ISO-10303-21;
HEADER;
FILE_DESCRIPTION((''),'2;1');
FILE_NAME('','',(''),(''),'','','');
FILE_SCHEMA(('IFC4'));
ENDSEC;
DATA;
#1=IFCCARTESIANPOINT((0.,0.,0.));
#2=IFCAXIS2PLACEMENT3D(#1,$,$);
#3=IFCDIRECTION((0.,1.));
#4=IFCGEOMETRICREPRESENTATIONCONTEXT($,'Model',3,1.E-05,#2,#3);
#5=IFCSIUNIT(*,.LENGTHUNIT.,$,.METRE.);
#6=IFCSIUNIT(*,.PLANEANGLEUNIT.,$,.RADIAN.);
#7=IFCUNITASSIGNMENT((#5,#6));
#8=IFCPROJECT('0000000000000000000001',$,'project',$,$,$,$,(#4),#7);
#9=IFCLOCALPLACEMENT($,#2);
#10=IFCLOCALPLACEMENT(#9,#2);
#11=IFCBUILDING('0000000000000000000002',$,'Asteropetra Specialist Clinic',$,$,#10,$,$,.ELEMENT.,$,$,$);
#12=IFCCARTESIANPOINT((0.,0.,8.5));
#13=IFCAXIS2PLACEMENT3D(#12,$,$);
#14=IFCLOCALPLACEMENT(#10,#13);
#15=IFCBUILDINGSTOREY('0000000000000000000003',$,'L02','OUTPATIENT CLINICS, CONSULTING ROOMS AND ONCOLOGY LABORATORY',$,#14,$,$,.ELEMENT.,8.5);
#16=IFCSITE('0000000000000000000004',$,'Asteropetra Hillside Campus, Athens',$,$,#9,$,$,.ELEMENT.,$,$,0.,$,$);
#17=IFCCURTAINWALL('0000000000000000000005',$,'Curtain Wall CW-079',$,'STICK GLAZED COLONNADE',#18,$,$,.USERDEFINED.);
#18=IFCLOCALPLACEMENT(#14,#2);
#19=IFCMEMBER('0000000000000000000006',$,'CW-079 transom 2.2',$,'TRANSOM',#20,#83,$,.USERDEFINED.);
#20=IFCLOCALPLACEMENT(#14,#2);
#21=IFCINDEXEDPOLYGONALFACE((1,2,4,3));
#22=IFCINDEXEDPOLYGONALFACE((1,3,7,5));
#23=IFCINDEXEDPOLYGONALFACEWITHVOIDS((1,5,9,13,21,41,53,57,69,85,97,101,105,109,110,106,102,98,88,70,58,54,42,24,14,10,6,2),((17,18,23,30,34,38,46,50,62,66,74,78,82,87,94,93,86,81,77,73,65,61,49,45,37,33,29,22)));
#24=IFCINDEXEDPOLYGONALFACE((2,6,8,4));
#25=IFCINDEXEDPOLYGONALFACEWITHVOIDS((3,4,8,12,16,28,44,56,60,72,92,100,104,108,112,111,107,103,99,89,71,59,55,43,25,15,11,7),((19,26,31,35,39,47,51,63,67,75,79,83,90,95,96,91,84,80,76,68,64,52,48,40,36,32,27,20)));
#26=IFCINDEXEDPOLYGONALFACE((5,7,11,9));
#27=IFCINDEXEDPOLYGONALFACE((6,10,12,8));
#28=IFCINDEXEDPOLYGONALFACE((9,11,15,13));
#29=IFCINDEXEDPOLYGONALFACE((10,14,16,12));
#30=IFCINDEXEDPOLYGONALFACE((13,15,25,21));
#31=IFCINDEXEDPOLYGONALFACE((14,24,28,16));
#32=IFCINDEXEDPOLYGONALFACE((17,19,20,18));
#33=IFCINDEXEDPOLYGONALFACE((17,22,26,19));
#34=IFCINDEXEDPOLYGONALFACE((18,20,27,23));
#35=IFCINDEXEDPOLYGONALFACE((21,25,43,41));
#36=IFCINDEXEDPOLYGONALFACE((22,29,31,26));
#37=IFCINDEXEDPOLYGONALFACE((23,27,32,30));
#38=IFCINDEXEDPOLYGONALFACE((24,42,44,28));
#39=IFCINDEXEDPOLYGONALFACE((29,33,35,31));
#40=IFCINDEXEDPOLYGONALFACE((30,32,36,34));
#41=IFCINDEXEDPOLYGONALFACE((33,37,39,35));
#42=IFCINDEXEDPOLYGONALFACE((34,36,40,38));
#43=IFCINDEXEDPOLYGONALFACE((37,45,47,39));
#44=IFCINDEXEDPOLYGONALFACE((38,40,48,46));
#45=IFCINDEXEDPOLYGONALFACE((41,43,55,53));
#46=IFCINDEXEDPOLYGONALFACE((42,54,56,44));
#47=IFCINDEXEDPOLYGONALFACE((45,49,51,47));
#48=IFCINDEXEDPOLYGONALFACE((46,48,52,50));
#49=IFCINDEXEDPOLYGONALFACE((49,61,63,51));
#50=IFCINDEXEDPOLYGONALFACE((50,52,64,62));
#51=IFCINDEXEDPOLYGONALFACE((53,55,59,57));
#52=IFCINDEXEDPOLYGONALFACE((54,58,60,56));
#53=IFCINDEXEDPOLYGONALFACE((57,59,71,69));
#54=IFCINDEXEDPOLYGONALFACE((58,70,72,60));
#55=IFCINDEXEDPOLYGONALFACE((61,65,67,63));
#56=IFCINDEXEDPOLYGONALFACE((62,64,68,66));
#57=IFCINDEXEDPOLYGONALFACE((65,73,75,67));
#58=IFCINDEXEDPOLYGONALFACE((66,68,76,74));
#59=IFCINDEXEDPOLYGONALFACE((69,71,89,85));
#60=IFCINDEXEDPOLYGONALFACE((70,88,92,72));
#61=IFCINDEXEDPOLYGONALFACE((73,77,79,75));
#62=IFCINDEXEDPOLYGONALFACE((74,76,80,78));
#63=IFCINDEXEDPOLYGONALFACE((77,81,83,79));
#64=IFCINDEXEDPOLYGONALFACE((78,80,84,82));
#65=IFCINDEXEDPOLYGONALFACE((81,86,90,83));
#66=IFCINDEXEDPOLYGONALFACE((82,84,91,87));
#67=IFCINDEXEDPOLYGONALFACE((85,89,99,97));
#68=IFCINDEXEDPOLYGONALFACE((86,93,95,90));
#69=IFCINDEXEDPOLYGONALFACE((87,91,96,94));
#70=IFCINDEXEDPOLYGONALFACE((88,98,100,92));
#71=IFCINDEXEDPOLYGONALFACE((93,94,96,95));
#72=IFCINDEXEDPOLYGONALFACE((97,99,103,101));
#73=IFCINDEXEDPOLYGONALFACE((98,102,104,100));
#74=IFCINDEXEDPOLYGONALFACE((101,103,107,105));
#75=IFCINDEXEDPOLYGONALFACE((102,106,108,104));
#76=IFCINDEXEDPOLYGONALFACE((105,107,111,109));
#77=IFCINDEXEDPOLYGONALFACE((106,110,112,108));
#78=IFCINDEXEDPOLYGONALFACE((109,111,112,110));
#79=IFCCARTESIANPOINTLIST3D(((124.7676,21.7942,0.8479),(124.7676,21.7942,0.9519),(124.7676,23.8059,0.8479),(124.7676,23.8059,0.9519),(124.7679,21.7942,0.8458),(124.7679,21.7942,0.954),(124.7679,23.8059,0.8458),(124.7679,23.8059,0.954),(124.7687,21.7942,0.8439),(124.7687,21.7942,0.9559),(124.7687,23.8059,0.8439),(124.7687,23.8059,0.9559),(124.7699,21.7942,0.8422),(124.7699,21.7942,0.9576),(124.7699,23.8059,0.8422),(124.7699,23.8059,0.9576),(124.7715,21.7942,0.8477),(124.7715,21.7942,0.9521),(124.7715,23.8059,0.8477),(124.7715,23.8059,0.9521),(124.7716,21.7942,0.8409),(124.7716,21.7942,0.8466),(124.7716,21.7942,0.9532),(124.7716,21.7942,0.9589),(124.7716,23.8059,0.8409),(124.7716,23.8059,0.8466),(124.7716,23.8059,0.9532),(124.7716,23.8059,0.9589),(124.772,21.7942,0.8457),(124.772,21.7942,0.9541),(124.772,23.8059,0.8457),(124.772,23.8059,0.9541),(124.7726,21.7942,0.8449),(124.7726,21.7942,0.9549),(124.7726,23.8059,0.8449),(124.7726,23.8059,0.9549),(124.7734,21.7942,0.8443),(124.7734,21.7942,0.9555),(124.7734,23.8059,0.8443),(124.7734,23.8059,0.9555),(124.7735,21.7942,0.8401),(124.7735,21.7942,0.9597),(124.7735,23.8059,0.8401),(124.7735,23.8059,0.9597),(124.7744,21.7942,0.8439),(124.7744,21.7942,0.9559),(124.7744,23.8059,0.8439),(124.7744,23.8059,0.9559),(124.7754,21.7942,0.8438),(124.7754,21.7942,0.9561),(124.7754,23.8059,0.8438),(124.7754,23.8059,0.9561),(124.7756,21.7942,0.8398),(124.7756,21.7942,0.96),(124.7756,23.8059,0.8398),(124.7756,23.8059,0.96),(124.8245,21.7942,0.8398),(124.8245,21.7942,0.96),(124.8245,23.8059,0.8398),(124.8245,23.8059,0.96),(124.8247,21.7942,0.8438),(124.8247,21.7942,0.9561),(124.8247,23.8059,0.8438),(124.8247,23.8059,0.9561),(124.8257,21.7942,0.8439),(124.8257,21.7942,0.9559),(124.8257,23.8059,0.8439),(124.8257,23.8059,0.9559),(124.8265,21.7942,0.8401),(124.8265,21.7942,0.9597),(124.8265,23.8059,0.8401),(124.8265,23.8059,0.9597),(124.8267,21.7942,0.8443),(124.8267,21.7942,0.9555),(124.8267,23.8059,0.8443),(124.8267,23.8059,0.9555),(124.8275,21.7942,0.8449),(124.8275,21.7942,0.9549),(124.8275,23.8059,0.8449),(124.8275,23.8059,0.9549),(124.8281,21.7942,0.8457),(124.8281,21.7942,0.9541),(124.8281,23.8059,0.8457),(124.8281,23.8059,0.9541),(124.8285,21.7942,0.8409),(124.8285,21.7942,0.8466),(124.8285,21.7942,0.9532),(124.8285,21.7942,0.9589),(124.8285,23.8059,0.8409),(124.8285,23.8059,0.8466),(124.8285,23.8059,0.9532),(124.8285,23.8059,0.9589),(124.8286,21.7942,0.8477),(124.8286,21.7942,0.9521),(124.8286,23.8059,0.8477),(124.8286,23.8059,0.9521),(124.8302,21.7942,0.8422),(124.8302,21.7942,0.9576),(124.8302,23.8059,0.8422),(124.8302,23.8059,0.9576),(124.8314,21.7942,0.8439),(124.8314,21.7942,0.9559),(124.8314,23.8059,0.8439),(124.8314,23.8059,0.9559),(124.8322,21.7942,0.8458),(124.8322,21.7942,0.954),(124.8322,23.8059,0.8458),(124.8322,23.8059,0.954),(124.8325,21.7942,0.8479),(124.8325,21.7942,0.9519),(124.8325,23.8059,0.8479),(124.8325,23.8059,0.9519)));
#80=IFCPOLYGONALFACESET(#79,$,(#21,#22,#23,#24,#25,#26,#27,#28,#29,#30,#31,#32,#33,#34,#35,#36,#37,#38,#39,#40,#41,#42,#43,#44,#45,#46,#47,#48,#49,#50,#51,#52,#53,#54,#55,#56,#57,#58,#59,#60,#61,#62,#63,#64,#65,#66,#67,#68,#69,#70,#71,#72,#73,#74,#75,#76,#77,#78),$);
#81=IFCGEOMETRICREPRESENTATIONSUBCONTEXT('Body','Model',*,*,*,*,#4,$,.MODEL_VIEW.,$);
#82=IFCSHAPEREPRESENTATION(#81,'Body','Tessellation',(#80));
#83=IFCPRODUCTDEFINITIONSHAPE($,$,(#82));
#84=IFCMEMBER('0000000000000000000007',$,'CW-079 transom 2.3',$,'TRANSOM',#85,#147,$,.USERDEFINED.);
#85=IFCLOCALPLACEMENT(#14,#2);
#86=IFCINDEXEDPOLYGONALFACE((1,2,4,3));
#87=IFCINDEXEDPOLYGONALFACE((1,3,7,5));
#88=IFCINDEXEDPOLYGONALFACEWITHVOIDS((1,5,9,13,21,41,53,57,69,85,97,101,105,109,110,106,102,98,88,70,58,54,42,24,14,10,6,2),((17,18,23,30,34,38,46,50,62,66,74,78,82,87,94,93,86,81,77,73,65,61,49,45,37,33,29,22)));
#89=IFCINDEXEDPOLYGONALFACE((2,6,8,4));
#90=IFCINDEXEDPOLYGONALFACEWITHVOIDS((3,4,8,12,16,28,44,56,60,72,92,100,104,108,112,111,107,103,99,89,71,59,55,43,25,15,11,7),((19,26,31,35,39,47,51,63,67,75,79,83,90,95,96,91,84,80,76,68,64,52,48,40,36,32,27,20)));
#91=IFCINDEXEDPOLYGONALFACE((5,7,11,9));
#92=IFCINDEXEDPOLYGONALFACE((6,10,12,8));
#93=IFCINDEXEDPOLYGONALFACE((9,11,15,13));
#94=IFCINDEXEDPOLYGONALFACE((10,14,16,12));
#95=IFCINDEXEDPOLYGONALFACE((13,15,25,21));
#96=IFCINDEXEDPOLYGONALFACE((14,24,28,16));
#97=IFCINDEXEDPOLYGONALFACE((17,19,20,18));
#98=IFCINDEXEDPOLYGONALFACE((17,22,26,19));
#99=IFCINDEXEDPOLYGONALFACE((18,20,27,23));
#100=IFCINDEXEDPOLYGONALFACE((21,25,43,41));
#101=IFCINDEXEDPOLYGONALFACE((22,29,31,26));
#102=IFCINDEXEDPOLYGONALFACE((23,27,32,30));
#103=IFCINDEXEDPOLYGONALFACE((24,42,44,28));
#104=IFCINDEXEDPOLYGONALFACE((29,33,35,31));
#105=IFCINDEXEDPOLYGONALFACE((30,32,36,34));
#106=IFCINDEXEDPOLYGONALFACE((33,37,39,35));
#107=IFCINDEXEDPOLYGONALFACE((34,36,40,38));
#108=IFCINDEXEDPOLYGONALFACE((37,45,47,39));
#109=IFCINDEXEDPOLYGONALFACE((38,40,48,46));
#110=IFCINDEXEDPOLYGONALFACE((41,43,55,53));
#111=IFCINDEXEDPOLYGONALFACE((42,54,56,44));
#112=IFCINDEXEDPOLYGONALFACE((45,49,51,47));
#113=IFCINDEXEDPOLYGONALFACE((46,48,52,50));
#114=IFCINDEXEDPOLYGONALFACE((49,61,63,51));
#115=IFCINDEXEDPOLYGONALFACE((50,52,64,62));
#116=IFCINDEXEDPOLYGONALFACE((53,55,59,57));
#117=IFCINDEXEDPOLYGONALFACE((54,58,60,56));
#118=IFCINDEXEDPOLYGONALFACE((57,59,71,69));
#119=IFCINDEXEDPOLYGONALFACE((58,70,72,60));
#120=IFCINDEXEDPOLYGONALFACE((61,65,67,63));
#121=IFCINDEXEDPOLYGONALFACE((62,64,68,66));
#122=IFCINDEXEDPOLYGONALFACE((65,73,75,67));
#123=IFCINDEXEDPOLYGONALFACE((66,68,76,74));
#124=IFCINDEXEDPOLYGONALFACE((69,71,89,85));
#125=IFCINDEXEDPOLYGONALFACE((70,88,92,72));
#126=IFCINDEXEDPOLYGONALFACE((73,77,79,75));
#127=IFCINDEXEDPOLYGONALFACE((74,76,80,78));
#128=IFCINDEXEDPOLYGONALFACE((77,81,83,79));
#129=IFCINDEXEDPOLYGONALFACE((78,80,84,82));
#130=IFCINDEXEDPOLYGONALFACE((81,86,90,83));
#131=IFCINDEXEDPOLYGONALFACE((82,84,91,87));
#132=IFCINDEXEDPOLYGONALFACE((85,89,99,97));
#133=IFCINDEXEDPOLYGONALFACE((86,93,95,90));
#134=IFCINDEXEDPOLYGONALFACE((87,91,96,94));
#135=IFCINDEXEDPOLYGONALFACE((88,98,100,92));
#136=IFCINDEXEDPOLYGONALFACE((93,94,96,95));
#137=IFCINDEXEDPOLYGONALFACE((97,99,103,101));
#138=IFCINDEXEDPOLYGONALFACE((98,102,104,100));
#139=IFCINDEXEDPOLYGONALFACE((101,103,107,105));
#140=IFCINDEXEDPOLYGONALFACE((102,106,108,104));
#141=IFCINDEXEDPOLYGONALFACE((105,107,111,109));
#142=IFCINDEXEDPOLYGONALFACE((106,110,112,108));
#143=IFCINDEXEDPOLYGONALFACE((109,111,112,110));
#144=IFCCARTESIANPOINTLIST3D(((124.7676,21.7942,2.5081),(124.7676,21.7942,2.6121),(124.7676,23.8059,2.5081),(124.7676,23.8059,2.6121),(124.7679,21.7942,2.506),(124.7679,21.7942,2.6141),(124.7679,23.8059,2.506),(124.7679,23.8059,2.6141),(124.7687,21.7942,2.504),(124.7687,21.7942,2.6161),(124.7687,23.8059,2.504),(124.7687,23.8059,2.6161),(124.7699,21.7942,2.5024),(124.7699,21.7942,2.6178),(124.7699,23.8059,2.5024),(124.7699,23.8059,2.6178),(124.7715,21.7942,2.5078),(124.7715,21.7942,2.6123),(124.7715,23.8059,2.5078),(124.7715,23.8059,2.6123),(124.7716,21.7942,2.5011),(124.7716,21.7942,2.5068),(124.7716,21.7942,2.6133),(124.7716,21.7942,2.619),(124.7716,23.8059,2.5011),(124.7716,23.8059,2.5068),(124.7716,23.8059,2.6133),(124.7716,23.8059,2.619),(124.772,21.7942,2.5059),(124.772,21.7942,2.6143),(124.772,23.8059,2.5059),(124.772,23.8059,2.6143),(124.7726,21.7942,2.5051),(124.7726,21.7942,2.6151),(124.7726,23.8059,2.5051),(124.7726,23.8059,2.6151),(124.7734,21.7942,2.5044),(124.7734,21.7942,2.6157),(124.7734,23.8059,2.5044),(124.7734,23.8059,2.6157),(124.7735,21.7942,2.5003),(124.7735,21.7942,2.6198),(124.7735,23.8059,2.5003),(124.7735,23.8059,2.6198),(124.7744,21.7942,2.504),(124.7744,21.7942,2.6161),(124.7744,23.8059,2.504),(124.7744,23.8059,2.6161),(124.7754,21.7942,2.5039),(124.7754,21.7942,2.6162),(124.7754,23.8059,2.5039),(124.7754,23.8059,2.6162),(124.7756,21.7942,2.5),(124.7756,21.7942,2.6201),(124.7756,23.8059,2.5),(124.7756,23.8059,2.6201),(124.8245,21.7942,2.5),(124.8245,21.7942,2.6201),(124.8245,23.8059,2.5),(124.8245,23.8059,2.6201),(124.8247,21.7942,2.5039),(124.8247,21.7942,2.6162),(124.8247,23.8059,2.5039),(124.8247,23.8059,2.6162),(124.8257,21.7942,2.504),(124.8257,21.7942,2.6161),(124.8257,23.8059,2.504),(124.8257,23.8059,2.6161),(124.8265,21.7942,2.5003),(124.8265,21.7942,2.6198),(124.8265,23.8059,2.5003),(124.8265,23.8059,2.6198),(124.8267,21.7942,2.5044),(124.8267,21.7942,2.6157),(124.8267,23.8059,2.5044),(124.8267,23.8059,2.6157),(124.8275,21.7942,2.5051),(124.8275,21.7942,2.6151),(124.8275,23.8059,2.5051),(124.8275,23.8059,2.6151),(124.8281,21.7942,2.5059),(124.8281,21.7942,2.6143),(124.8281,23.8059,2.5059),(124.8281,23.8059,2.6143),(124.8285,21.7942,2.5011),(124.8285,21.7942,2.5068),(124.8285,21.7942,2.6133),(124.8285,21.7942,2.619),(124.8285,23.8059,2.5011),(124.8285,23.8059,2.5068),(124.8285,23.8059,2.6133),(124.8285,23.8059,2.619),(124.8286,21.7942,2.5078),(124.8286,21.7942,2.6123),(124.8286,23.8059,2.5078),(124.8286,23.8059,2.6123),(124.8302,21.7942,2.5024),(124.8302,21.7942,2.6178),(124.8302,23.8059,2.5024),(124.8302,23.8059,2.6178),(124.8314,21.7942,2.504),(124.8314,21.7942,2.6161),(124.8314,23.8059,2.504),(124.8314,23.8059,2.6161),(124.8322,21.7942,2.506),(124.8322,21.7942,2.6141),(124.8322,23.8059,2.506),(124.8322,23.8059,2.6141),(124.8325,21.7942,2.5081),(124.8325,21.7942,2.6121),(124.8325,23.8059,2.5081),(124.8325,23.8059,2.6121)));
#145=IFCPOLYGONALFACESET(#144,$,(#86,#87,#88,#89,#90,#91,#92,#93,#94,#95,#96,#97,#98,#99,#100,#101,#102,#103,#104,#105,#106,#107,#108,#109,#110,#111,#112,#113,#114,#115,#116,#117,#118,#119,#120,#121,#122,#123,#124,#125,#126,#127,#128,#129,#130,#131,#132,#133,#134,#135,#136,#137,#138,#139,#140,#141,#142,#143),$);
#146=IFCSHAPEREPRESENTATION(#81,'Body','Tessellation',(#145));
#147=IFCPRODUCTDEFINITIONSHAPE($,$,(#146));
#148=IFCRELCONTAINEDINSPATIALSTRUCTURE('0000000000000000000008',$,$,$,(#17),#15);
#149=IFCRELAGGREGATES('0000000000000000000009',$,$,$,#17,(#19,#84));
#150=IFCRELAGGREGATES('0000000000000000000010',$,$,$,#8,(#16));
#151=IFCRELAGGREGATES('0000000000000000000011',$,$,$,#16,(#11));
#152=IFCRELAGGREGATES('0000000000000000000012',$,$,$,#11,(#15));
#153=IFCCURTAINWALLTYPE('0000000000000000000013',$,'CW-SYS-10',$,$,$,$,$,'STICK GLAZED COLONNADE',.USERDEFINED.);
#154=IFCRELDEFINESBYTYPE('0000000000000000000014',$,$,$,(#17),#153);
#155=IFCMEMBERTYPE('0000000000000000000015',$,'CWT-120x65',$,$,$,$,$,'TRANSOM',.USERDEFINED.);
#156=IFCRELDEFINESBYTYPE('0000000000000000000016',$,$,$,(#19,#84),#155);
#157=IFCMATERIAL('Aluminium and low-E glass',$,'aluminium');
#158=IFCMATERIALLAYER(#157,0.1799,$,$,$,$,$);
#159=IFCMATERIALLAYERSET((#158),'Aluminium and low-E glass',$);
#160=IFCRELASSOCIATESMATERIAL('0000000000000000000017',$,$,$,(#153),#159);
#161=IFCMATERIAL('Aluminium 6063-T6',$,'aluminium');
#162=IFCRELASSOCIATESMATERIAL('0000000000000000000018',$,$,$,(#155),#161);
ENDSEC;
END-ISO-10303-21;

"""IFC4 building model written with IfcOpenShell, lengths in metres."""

from ifc_helpers import new_model, si_unit, direction, frame, origin, origin_2d, place, context, subcontext, project, spatial, hollow_rectangle, extrude, material, layer, layer_set, material_profile, profile_set, type_object, element, aggregate, save


model = new_model("IFC4")

# Units and contexts
model_context = context("Model", 3, precision=1e-05, world=origin(), true_north=direction((0.0, 1.0)))
body_context = subcontext(model_context, "Body", "Model", "MODEL_VIEW")
ifc_project = project(units=[si_unit("LENGTHUNIT", "METRE"), si_unit("PLANEANGLEUNIT", "RADIAN")], contexts=[model_context])

# Site, building, storey
site_placement = place(None, origin())
site = spatial("IfcSite", under=ifc_project, at=site_placement, Name="Asteropetra Hillside Campus, Athens", CompositionType="ELEMENT", RefElevation=0.0)
building_placement = place(site_placement, origin())
building = spatial("IfcBuilding", under=site, at=building_placement, Name="Asteropetra Specialist Clinic", CompositionType="ELEMENT")
storey_placement = place(building_placement, frame((0.0, 0.0, 8.5)))
storey = spatial("IfcBuildingStorey", under=building, at=storey_placement, Name="L02", Description="OUTPATIENT CLINICS, CONSULTING ROOMS AND ONCOLOGY LABORATORY", CompositionType="ELEMENT", Elevation=8.5)

# Curtain wall
ifc_material_1 = material(Name="Aluminium and low-E glass", Category="aluminium")
ifc_layer_1 = layer(ifc_material_1, 0.1799)
ifc_layer_set_1 = layer_set([ifc_layer_1], Name="Aluminium and low-E glass")
curtain_wall_type_1 = type_object("IfcCurtainWallType", Name="CW-SYS-10", ElementType="STICK GLAZED COLONNADE", PredefinedType="USERDEFINED", material=ifc_layer_set_1)
curtain_wall_1_placement = place(storey_placement, origin())
curtain_wall_1 = element("IfcCurtainWall", 1, at=curtain_wall_1_placement, inside=storey, type_object=curtain_wall_type_1, Name="Curtain Wall CW-079", ObjectType="STICK GLAZED COLONNADE", PredefinedType="USERDEFINED")

# Members
ifc_material_2 = material(Name="Aluminium 6063-T6", Category="aluminium")
ifc_material_profile_1 = material_profile(ifc_material_2, hollow_rectangle(XDim=0.0649, YDim=0.1201, WallThickness=0.0039, InnerFilletRadius=0.0039, OuterFilletRadius=0.0081, at=origin_2d()), Name="TRN 120x65x4.0")
ifc_profile_set_1 = profile_set([ifc_material_profile_1], Name="Aluminium 6063-T6")
member_type_1 = type_object("IfcMemberType", Name="CWT-120x65", ElementType="TRANSOM", PredefinedType="USERDEFINED", material=ifc_profile_set_1)
member_1_placement = place(storey_placement, frame((124.8, 23.8059, 0.8999), z_axis=(0.0, -1.0, 0.0), x_axis=(1.0, 0.0, 0.0)))
member_1 = element("IfcMember", 2, at=member_1_placement, type_object=member_type_1, Name="CW-079 transom 2.2", ObjectType="TRANSOM", PredefinedType="USERDEFINED", context=body_context, shape_type="SweptSolid", body=[
    extrude(hollow_rectangle(XDim=0.0649, YDim=0.1201, WallThickness=0.0039, InnerFilletRadius=0.0039, OuterFilletRadius=0.0081, at=origin_2d()), origin(), (0.0, 0.0, 1.0), 2.0117),
])
member_2_placement = place(storey_placement, frame((124.8, 23.8059, 2.5601), z_axis=(0.0, -1.0, 0.0), x_axis=(1.0, 0.0, 0.0)))
member_2 = element("IfcMember", 3, at=member_2_placement, type_object=member_type_1, Name="CW-079 transom 2.3", ObjectType="TRANSOM", PredefinedType="USERDEFINED", context=body_context, shape_type="SweptSolid", body=[
    extrude(hollow_rectangle(XDim=0.0649, YDim=0.1201, WallThickness=0.0039, InnerFilletRadius=0.0039, OuterFilletRadius=0.0081, at=origin_2d()), origin(), (0.0, 0.0, 1.0), 2.0117),
])

aggregate(curtain_wall_1, [member_1, member_2])

save(model, "model.ifc")
